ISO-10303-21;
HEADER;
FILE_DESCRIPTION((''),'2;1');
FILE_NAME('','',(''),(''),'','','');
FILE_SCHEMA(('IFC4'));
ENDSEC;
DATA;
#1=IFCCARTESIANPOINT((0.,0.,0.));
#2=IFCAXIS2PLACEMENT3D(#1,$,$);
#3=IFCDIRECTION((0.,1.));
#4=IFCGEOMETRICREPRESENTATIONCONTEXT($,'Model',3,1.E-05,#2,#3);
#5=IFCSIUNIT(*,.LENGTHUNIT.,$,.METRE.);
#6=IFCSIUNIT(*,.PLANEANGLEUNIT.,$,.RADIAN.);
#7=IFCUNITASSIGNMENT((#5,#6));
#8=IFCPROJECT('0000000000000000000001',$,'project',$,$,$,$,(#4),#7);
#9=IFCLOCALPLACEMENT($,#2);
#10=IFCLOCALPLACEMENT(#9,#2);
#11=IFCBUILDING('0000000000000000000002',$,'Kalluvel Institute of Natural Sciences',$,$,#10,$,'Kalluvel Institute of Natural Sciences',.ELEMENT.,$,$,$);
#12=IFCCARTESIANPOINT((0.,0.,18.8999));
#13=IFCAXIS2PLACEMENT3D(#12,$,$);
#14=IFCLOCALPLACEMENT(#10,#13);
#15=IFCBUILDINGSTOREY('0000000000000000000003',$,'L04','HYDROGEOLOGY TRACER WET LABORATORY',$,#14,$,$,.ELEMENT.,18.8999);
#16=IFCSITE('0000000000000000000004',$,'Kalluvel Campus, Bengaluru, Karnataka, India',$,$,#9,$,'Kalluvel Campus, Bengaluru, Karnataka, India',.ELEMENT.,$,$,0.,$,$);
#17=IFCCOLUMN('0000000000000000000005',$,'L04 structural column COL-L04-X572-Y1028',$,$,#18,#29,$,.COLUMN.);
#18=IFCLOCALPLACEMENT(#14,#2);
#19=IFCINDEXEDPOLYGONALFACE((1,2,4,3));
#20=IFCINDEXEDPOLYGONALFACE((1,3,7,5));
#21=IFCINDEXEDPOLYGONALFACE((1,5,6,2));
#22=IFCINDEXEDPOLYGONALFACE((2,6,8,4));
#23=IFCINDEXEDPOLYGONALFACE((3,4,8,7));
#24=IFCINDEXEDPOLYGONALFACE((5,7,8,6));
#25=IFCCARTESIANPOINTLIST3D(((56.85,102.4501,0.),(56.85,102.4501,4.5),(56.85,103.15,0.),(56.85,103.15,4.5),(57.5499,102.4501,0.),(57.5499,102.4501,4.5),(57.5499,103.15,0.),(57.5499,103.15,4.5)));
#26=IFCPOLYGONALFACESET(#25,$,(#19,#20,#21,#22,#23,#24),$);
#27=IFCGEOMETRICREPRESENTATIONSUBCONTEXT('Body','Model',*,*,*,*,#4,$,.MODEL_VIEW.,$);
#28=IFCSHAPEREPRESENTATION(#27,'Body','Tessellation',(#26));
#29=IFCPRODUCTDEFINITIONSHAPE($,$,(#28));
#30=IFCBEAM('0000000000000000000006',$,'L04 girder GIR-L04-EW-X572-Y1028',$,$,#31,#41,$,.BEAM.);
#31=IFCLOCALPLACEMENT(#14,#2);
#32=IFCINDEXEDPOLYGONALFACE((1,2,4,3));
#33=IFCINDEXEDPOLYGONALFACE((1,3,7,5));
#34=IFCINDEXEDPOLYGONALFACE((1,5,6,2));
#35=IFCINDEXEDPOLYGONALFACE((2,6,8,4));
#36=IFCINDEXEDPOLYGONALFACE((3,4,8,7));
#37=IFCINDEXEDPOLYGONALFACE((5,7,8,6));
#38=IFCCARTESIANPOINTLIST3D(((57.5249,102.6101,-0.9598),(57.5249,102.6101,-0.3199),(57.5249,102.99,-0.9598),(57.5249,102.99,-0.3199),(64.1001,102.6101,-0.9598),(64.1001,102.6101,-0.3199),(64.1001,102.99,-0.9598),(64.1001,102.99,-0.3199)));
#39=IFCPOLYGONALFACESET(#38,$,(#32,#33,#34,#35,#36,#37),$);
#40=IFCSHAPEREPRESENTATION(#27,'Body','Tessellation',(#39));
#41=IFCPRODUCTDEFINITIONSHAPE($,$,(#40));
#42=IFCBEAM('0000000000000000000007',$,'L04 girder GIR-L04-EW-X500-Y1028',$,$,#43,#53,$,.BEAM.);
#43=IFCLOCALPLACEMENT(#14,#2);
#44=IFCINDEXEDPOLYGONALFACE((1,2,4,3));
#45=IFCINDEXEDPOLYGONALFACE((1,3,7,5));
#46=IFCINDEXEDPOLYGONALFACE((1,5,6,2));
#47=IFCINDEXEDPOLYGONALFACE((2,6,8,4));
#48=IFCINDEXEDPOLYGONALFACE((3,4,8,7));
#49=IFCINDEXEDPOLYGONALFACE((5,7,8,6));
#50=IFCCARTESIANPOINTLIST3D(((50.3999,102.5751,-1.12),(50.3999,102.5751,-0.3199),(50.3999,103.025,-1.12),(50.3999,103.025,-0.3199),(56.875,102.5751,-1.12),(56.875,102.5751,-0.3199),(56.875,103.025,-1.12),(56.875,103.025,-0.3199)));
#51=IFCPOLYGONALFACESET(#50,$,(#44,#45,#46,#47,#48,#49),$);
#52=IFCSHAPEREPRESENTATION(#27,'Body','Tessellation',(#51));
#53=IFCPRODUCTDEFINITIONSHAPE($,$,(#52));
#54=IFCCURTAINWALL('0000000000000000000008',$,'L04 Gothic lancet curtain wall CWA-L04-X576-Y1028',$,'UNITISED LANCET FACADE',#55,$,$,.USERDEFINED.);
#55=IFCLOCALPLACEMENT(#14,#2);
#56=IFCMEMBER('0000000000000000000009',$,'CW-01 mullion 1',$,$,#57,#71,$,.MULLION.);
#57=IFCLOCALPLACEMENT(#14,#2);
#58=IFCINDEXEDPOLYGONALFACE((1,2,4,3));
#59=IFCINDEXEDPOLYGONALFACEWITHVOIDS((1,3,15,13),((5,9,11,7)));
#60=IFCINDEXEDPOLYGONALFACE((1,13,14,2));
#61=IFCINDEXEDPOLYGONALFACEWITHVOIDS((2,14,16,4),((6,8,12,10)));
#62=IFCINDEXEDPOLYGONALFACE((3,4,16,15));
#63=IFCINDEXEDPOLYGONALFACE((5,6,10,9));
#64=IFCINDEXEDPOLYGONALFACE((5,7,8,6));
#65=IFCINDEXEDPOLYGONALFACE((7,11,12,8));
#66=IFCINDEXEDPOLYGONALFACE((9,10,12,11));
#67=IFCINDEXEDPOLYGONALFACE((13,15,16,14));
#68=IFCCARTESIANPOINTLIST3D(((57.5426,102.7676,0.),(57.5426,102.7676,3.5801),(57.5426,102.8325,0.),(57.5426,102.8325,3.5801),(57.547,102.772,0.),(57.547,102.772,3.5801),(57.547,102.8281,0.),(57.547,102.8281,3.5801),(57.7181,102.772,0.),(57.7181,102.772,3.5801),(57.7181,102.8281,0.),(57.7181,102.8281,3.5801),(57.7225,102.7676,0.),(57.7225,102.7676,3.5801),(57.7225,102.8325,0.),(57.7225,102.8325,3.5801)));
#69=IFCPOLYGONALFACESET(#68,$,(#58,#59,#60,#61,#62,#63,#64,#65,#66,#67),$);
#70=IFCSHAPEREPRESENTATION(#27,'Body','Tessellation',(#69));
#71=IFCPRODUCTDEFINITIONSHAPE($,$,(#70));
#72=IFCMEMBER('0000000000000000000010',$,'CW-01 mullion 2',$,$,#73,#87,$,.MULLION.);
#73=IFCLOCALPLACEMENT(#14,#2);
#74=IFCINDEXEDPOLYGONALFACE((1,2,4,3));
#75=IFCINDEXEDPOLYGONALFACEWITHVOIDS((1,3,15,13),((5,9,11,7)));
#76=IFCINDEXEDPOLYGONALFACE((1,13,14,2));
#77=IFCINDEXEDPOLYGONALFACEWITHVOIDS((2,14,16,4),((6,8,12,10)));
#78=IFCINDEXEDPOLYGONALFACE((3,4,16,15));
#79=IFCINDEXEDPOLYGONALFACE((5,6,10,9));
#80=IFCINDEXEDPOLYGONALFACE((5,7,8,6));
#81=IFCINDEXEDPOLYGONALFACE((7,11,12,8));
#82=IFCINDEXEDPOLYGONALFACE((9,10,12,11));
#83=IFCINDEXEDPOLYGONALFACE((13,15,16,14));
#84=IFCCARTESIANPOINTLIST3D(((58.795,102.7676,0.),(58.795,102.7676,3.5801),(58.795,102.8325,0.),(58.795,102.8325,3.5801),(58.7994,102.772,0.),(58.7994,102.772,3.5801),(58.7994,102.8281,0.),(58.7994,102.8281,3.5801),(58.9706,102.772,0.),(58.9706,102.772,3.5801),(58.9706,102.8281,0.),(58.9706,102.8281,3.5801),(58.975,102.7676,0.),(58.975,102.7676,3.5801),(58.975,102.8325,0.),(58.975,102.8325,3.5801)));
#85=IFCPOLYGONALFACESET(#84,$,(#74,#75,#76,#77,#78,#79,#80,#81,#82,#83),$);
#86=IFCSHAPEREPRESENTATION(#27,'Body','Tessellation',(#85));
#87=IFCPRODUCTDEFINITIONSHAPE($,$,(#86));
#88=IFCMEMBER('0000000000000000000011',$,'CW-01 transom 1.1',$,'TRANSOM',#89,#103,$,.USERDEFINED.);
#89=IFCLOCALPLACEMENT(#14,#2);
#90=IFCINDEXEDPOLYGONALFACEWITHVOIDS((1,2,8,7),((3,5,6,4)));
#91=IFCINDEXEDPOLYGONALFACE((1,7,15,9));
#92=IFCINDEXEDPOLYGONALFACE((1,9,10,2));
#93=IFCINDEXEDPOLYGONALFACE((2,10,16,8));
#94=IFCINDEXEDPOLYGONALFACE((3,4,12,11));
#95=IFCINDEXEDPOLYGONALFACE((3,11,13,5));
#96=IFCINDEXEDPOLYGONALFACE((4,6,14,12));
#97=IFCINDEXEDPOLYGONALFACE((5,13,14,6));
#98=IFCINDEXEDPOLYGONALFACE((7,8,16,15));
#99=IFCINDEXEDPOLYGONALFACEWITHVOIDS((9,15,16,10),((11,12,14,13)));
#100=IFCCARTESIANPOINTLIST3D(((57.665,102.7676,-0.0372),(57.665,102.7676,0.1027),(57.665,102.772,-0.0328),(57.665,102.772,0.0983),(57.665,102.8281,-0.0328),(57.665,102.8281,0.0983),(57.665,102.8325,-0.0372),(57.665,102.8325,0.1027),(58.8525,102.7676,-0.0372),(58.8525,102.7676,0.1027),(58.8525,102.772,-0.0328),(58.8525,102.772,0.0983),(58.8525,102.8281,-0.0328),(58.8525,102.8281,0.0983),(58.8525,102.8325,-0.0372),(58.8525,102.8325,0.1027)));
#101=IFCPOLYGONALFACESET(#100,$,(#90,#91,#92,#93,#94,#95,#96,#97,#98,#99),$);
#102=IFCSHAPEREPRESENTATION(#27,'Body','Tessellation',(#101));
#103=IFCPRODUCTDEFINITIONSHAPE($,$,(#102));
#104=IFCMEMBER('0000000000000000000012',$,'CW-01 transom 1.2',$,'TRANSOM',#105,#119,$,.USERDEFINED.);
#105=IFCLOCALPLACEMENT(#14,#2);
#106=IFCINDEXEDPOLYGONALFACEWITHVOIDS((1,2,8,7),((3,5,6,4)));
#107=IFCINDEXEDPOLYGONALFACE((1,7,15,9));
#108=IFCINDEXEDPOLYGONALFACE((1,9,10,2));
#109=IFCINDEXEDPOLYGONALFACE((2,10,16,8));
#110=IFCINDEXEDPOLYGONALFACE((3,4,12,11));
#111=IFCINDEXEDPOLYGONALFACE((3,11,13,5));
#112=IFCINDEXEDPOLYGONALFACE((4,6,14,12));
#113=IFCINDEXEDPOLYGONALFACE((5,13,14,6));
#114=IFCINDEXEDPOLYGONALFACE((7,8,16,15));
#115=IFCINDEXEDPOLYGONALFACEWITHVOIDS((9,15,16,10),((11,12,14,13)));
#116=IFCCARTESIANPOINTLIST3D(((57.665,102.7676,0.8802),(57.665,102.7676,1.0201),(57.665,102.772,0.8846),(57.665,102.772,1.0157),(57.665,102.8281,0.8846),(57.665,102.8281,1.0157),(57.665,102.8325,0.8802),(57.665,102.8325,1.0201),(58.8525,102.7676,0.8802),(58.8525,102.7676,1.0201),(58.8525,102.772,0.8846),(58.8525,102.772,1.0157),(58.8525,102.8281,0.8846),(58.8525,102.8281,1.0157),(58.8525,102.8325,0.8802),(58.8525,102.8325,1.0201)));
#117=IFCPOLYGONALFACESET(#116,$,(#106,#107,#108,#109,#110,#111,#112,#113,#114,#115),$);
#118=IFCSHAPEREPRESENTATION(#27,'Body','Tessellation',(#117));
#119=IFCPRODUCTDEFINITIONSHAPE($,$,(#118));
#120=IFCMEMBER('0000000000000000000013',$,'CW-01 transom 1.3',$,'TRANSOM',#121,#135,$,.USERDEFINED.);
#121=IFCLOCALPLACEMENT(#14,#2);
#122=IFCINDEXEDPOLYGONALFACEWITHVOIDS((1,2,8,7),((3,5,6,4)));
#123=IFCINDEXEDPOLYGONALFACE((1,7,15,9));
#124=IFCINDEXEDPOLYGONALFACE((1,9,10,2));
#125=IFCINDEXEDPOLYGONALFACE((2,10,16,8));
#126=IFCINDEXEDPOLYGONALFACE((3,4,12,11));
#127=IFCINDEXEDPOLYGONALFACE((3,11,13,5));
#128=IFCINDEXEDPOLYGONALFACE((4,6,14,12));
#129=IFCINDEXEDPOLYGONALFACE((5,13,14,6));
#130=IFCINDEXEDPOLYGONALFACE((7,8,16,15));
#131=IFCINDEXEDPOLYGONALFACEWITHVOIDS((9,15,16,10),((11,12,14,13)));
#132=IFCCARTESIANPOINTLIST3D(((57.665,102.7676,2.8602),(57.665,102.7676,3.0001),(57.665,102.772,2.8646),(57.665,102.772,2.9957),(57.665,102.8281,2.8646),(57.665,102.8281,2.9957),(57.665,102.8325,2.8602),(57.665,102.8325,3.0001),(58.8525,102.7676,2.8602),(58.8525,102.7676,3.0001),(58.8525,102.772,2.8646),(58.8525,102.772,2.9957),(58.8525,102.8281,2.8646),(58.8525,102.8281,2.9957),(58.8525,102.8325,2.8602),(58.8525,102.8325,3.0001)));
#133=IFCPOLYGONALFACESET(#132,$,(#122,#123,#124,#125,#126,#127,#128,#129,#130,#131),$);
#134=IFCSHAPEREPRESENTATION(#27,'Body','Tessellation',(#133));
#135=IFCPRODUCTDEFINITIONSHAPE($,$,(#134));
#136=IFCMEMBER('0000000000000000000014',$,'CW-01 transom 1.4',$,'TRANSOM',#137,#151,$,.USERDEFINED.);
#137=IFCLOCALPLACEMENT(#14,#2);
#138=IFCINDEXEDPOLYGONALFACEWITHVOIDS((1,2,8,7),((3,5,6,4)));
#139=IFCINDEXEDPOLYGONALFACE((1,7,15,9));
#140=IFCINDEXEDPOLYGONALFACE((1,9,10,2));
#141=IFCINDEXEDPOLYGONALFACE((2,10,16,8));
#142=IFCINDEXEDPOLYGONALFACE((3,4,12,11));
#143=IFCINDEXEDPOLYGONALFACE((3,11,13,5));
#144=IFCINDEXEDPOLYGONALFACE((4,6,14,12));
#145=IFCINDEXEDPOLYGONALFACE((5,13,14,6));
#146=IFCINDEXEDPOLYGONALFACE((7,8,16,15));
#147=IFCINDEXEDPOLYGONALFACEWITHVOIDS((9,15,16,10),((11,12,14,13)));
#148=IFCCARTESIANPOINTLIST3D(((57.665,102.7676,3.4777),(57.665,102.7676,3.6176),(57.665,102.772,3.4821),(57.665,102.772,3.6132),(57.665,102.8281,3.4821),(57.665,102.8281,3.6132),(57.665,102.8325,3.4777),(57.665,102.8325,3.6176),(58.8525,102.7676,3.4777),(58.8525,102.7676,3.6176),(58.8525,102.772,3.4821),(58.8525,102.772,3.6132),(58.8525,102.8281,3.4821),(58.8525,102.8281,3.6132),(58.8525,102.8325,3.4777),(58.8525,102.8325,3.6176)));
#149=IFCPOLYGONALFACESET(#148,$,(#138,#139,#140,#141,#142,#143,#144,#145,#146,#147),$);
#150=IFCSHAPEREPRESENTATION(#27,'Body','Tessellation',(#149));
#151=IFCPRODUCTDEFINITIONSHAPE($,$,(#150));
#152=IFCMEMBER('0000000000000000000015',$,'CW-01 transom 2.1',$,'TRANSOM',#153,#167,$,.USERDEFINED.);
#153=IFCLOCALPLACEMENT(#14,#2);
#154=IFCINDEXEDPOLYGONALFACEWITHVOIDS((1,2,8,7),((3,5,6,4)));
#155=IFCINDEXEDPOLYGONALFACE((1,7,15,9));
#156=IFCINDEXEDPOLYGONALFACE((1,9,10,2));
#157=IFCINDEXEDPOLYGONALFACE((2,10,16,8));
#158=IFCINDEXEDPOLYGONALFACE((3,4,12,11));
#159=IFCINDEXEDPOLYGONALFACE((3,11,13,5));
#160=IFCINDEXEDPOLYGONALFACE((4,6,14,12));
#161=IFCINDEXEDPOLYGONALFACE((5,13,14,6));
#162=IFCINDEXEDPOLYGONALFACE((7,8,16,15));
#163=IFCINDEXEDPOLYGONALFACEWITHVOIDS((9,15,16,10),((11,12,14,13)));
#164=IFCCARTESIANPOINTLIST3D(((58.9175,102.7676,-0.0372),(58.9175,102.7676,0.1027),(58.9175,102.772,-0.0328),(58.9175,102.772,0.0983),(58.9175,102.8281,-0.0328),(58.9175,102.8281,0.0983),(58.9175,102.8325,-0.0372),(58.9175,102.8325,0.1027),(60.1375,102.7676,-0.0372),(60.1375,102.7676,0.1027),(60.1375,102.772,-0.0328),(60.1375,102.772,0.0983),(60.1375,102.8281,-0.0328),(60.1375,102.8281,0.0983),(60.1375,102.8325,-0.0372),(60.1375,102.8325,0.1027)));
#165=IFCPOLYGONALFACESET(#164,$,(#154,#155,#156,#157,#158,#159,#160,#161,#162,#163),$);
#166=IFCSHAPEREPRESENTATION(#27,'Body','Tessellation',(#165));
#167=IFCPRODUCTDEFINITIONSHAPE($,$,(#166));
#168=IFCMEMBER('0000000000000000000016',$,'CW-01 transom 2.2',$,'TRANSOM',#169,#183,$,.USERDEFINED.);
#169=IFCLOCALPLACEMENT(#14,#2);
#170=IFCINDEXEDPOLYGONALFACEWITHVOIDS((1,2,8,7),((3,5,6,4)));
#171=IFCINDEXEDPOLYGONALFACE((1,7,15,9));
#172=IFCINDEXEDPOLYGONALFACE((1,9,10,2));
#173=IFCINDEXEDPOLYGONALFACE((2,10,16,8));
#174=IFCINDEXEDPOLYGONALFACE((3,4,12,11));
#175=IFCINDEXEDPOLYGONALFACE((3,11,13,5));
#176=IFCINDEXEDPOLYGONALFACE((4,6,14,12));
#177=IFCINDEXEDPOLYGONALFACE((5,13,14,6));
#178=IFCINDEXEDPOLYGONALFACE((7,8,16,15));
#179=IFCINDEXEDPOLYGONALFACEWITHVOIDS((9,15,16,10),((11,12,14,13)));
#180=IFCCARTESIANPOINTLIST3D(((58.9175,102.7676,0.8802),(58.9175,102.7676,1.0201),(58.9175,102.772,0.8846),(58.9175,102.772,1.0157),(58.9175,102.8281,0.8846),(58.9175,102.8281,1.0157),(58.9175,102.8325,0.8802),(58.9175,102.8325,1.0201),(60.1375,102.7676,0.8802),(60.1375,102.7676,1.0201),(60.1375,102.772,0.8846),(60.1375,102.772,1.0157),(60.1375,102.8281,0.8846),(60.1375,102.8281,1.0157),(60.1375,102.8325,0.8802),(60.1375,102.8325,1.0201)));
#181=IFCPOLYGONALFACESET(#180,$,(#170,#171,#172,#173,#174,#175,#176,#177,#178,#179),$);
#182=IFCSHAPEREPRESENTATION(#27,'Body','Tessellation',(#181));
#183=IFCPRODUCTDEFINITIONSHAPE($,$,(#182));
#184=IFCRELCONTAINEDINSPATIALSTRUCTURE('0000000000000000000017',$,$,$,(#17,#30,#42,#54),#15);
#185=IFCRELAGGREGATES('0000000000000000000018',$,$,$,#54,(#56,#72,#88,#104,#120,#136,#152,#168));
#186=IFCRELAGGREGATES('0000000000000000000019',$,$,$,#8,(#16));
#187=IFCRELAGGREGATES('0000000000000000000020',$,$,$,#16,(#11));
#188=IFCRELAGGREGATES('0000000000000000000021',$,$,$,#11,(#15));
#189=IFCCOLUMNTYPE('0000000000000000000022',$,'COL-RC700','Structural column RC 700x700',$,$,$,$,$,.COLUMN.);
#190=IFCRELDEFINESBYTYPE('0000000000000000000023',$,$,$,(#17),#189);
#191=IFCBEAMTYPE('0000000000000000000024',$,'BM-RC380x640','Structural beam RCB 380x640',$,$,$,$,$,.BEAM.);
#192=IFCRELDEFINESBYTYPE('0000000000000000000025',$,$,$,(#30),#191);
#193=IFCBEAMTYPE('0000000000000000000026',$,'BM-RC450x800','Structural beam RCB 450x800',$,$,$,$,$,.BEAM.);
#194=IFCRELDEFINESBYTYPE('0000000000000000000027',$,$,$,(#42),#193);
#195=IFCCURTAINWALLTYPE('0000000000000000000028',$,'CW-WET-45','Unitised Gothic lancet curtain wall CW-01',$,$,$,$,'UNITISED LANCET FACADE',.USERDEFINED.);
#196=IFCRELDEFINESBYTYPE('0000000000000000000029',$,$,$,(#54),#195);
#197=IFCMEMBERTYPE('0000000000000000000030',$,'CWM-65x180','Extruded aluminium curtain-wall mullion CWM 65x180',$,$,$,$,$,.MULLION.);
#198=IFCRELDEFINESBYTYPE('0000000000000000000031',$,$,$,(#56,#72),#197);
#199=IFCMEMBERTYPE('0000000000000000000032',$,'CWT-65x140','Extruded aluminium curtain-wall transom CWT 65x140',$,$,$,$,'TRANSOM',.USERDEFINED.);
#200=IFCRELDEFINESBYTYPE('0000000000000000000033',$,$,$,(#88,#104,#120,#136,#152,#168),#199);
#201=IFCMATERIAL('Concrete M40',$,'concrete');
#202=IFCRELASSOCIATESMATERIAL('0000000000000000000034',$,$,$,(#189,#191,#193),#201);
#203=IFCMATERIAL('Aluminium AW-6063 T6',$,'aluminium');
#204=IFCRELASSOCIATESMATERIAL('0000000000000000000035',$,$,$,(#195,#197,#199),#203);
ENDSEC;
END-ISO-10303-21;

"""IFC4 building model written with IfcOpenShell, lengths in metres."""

from ifc_helpers import new_model, si_unit, direction, frame, origin, origin_2d, place, context, subcontext, project, spatial, rectangle, hollow_rectangle, extrude, material, material_profile, profile_set, type_object, element, aggregate, save


model = new_model("IFC4")

# Units and contexts
model_context = context("Model", 3, precision=1e-05, world=origin(), true_north=direction((0.0, 1.0)))
body_context = subcontext(model_context, "Body", "Model", "MODEL_VIEW")
ifc_project = project(units=[si_unit("LENGTHUNIT", "METRE"), si_unit("PLANEANGLEUNIT", "RADIAN")], contexts=[model_context])

# Site, building, storey
site_placement = place(None, origin())
site = spatial("IfcSite", under=ifc_project, at=site_placement, Name="Kalluvel Campus, Bengaluru, Karnataka, India", LongName="Kalluvel Campus, Bengaluru, Karnataka, India", CompositionType="ELEMENT", RefElevation=0.0)
building_placement = place(site_placement, origin())
building = spatial("IfcBuilding", under=site, at=building_placement, Name="Kalluvel Institute of Natural Sciences", LongName="Kalluvel Institute of Natural Sciences", CompositionType="ELEMENT")
storey_placement = place(building_placement, frame((0.0, 0.0, 18.8999)))
storey = spatial("IfcBuildingStorey", under=building, at=storey_placement, Name="L04", Description="HYDROGEOLOGY TRACER WET LABORATORY", CompositionType="ELEMENT", Elevation=18.8999)

# Column
ifc_material_1 = material(Name="Concrete M40", Category="concrete")
ifc_material_profile_1 = material_profile(ifc_material_1, rectangle(XDim=0.7, YDim=0.7, at=origin_2d()), Name="RC 700x700")
ifc_profile_set_1 = profile_set([ifc_material_profile_1], Name="Concrete M40")
column_type = type_object("IfcColumnType", Name="COL-RC700", Description="Structural column RC 700x700", PredefinedType="COLUMN", material=ifc_profile_set_1)
column_placement = place(storey_placement, frame((57.2, 102.8, 0.0), z_axis=(0.0, 0.0, 1.0), x_axis=(1.0, 0.0, 0.0)))
element("IfcColumn", 1, at=column_placement, inside=storey, type_object=column_type, Name="L04 structural column COL-L04-X572-Y1028", PredefinedType="COLUMN", context=body_context, shape_type="SweptSolid", body=[
    extrude(rectangle(XDim=0.7, YDim=0.7, at=origin_2d()), origin(), (0.0, 0.0, 1.0), 4.5),
])

# Beams
ifc_material_profile_2 = material_profile(ifc_material_1, rectangle(XDim=0.3799, YDim=0.6399, at=origin_2d()), Name="RCB 380x640")
ifc_profile_set_2 = profile_set([ifc_material_profile_2], Name="Concrete M40")
beam_type_1 = type_object("IfcBeamType", Name="BM-RC380x640", Description="Structural beam RCB 380x640", PredefinedType="BEAM", material=ifc_profile_set_2)
beam_1_placement = place(storey_placement, frame((57.5249, 102.8, -0.6399), z_axis=(1.0, 0.0, 0.0), x_axis=(0.0, 1.0, 0.0)))
element("IfcBeam", 2, at=beam_1_placement, inside=storey, type_object=beam_type_1, Name="L04 girder GIR-L04-EW-X572-Y1028", PredefinedType="BEAM", context=body_context, shape_type="SweptSolid", body=[
    extrude(rectangle(XDim=0.3799, YDim=0.6399, at=origin_2d()), origin(), (0.0, 0.0, 1.0), 6.5752),
])
ifc_material_profile_3 = material_profile(ifc_material_1, rectangle(XDim=0.45, YDim=0.8, at=origin_2d()), Name="RCB 450x800")
ifc_profile_set_3 = profile_set([ifc_material_profile_3], Name="Concrete M40")
beam_type_2 = type_object("IfcBeamType", Name="BM-RC450x800", Description="Structural beam RCB 450x800", PredefinedType="BEAM", material=ifc_profile_set_3)
beam_2_placement = place(storey_placement, frame((50.3999, 102.8, -0.72), z_axis=(1.0, 0.0, 0.0), x_axis=(0.0, 1.0, 0.0)))
element("IfcBeam", 3, at=beam_2_placement, inside=storey, type_object=beam_type_2, Name="L04 girder GIR-L04-EW-X500-Y1028", PredefinedType="BEAM", context=body_context, shape_type="SweptSolid", body=[
    extrude(rectangle(XDim=0.45, YDim=0.8, at=origin_2d()), origin(), (0.0, 0.0, 1.0), 6.4751),
])

# Curtain wall, members
ifc_material_2 = material(Name="Aluminium AW-6063 T6", Category="aluminium")
curtain_wall_type = type_object("IfcCurtainWallType", Name="CW-WET-45", Description="Unitised Gothic lancet curtain wall CW-01", ElementType="UNITISED LANCET FACADE", PredefinedType="USERDEFINED", material=ifc_material_2)
curtain_wall_placement = place(storey_placement, origin())
curtain_wall = element("IfcCurtainWall", 4, at=curtain_wall_placement, inside=storey, type_object=curtain_wall_type, Name="L04 Gothic lancet curtain wall CWA-L04-X576-Y1028", ObjectType="UNITISED LANCET FACADE", PredefinedType="USERDEFINED")
ifc_material_profile_4 = material_profile(ifc_material_2, hollow_rectangle(XDim=0.0649, YDim=0.1799, WallThickness=0.0044, at=origin_2d()), Name="CWM 65x180")
ifc_profile_set_4 = profile_set([ifc_material_profile_4], Name="Aluminium AW-6063 T6")
member_type_1 = type_object("IfcMemberType", Name="CWM-65x180", Description="Extruded aluminium curtain-wall mullion CWM 65x180", PredefinedType="MULLION", material=ifc_profile_set_4)
member_1_placement = place(storey_placement, frame((57.6326, 102.8, 0.0), z_axis=(0.0, 0.0, 1.0), x_axis=(0.0, 1.0, 0.0)))
member_1 = element("IfcMember", 5, at=member_1_placement, type_object=member_type_1, Name="CW-01 mullion 1", PredefinedType="MULLION", context=body_context, shape_type="SweptSolid", body=[
    extrude(hollow_rectangle(XDim=0.0649, YDim=0.1799, WallThickness=0.0044, at=origin_2d()), origin(), (0.0, 0.0, 1.0), 3.5801),
])
member_2_placement = place(storey_placement, frame((58.885, 102.8, 0.0), z_axis=(0.0, 0.0, 1.0), x_axis=(0.0, 1.0, 0.0)))
member_2 = element("IfcMember", 6, at=member_2_placement, type_object=member_type_1, Name="CW-01 mullion 2", PredefinedType="MULLION", context=body_context, shape_type="SweptSolid", body=[
    extrude(hollow_rectangle(XDim=0.0649, YDim=0.1799, WallThickness=0.0044, at=origin_2d()), origin(), (0.0, 0.0, 1.0), 3.5801),
])
ifc_material_profile_5 = material_profile(ifc_material_2, hollow_rectangle(XDim=0.0649, YDim=0.1399, WallThickness=0.0044, at=origin_2d()), Name="CWT 65x140")
ifc_profile_set_5 = profile_set([ifc_material_profile_5], Name="Aluminium AW-6063 T6")
member_type_2 = type_object("IfcMemberType", Name="CWT-65x140", Description="Extruded aluminium curtain-wall transom CWT 65x140", ElementType="TRANSOM", PredefinedType="USERDEFINED", material=ifc_profile_set_5)
member_3_placement = place(storey_placement, frame((57.665, 102.8, 0.0327), z_axis=(1.0, 0.0, 0.0), x_axis=(0.0, 1.0, 0.0)))
member_3 = element("IfcMember", 7, at=member_3_placement, type_object=member_type_2, Name="CW-01 transom 1.1", ObjectType="TRANSOM", PredefinedType="USERDEFINED", context=body_context, shape_type="SweptSolid", body=[
    extrude(hollow_rectangle(XDim=0.0649, YDim=0.1399, WallThickness=0.0044, at=origin_2d()), origin(), (0.0, 0.0, 1.0), 1.1875),
])
member_4_placement = place(storey_placement, frame((57.665, 102.8, 0.9502), z_axis=(1.0, 0.0, 0.0), x_axis=(0.0, 1.0, 0.0)))
member_4 = element("IfcMember", 8, at=member_4_placement, type_object=member_type_2, Name="CW-01 transom 1.2", ObjectType="TRANSOM", PredefinedType="USERDEFINED", context=body_context, shape_type="SweptSolid", body=[
    extrude(hollow_rectangle(XDim=0.0649, YDim=0.1399, WallThickness=0.0044, at=origin_2d()), origin(), (0.0, 0.0, 1.0), 1.1875),
])
member_5_placement = place(storey_placement, frame((57.665, 102.8, 2.9302), z_axis=(1.0, 0.0, 0.0), x_axis=(0.0, 1.0, 0.0)))
member_5 = element("IfcMember", 9, at=member_5_placement, type_object=member_type_2, Name="CW-01 transom 1.3", ObjectType="TRANSOM", PredefinedType="USERDEFINED", context=body_context, shape_type="SweptSolid", body=[
    extrude(hollow_rectangle(XDim=0.0649, YDim=0.1399, WallThickness=0.0044, at=origin_2d()), origin(), (0.0, 0.0, 1.0), 1.1875),
])
member_6_placement = place(storey_placement, frame((57.665, 102.8, 3.5476), z_axis=(1.0, 0.0, 0.0), x_axis=(0.0, 1.0, 0.0)))
member_6 = element("IfcMember", 10, at=member_6_placement, type_object=member_type_2, Name="CW-01 transom 1.4", ObjectType="TRANSOM", PredefinedType="USERDEFINED", context=body_context, shape_type="SweptSolid", body=[
    extrude(hollow_rectangle(XDim=0.0649, YDim=0.1399, WallThickness=0.0044, at=origin_2d()), origin(), (0.0, 0.0, 1.0), 1.1875),
])
member_7_placement = place(storey_placement, frame((58.9175, 102.8, 0.0327), z_axis=(1.0, 0.0, 0.0), x_axis=(0.0, 1.0, 0.0)))
member_7 = element("IfcMember", 11, at=member_7_placement, type_object=member_type_2, Name="CW-01 transom 2.1", ObjectType="TRANSOM", PredefinedType="USERDEFINED", context=body_context, shape_type="SweptSolid", body=[
    extrude(hollow_rectangle(XDim=0.0649, YDim=0.1399, WallThickness=0.0044, at=origin_2d()), origin(), (0.0, 0.0, 1.0), 1.22),
])
member_8_placement = place(storey_placement, frame((58.9175, 102.8, 0.9502), z_axis=(1.0, 0.0, 0.0), x_axis=(0.0, 1.0, 0.0)))
member_8 = element("IfcMember", 12, at=member_8_placement, type_object=member_type_2, Name="CW-01 transom 2.2", ObjectType="TRANSOM", PredefinedType="USERDEFINED", context=body_context, shape_type="SweptSolid", body=[
    extrude(hollow_rectangle(XDim=0.0649, YDim=0.1399, WallThickness=0.0044, at=origin_2d()), origin(), (0.0, 0.0, 1.0), 1.22),
])
aggregate(curtain_wall, [member_1, member_2, member_3, member_4, member_5, member_6, member_7, member_8])

save(model, "model.ifc")
